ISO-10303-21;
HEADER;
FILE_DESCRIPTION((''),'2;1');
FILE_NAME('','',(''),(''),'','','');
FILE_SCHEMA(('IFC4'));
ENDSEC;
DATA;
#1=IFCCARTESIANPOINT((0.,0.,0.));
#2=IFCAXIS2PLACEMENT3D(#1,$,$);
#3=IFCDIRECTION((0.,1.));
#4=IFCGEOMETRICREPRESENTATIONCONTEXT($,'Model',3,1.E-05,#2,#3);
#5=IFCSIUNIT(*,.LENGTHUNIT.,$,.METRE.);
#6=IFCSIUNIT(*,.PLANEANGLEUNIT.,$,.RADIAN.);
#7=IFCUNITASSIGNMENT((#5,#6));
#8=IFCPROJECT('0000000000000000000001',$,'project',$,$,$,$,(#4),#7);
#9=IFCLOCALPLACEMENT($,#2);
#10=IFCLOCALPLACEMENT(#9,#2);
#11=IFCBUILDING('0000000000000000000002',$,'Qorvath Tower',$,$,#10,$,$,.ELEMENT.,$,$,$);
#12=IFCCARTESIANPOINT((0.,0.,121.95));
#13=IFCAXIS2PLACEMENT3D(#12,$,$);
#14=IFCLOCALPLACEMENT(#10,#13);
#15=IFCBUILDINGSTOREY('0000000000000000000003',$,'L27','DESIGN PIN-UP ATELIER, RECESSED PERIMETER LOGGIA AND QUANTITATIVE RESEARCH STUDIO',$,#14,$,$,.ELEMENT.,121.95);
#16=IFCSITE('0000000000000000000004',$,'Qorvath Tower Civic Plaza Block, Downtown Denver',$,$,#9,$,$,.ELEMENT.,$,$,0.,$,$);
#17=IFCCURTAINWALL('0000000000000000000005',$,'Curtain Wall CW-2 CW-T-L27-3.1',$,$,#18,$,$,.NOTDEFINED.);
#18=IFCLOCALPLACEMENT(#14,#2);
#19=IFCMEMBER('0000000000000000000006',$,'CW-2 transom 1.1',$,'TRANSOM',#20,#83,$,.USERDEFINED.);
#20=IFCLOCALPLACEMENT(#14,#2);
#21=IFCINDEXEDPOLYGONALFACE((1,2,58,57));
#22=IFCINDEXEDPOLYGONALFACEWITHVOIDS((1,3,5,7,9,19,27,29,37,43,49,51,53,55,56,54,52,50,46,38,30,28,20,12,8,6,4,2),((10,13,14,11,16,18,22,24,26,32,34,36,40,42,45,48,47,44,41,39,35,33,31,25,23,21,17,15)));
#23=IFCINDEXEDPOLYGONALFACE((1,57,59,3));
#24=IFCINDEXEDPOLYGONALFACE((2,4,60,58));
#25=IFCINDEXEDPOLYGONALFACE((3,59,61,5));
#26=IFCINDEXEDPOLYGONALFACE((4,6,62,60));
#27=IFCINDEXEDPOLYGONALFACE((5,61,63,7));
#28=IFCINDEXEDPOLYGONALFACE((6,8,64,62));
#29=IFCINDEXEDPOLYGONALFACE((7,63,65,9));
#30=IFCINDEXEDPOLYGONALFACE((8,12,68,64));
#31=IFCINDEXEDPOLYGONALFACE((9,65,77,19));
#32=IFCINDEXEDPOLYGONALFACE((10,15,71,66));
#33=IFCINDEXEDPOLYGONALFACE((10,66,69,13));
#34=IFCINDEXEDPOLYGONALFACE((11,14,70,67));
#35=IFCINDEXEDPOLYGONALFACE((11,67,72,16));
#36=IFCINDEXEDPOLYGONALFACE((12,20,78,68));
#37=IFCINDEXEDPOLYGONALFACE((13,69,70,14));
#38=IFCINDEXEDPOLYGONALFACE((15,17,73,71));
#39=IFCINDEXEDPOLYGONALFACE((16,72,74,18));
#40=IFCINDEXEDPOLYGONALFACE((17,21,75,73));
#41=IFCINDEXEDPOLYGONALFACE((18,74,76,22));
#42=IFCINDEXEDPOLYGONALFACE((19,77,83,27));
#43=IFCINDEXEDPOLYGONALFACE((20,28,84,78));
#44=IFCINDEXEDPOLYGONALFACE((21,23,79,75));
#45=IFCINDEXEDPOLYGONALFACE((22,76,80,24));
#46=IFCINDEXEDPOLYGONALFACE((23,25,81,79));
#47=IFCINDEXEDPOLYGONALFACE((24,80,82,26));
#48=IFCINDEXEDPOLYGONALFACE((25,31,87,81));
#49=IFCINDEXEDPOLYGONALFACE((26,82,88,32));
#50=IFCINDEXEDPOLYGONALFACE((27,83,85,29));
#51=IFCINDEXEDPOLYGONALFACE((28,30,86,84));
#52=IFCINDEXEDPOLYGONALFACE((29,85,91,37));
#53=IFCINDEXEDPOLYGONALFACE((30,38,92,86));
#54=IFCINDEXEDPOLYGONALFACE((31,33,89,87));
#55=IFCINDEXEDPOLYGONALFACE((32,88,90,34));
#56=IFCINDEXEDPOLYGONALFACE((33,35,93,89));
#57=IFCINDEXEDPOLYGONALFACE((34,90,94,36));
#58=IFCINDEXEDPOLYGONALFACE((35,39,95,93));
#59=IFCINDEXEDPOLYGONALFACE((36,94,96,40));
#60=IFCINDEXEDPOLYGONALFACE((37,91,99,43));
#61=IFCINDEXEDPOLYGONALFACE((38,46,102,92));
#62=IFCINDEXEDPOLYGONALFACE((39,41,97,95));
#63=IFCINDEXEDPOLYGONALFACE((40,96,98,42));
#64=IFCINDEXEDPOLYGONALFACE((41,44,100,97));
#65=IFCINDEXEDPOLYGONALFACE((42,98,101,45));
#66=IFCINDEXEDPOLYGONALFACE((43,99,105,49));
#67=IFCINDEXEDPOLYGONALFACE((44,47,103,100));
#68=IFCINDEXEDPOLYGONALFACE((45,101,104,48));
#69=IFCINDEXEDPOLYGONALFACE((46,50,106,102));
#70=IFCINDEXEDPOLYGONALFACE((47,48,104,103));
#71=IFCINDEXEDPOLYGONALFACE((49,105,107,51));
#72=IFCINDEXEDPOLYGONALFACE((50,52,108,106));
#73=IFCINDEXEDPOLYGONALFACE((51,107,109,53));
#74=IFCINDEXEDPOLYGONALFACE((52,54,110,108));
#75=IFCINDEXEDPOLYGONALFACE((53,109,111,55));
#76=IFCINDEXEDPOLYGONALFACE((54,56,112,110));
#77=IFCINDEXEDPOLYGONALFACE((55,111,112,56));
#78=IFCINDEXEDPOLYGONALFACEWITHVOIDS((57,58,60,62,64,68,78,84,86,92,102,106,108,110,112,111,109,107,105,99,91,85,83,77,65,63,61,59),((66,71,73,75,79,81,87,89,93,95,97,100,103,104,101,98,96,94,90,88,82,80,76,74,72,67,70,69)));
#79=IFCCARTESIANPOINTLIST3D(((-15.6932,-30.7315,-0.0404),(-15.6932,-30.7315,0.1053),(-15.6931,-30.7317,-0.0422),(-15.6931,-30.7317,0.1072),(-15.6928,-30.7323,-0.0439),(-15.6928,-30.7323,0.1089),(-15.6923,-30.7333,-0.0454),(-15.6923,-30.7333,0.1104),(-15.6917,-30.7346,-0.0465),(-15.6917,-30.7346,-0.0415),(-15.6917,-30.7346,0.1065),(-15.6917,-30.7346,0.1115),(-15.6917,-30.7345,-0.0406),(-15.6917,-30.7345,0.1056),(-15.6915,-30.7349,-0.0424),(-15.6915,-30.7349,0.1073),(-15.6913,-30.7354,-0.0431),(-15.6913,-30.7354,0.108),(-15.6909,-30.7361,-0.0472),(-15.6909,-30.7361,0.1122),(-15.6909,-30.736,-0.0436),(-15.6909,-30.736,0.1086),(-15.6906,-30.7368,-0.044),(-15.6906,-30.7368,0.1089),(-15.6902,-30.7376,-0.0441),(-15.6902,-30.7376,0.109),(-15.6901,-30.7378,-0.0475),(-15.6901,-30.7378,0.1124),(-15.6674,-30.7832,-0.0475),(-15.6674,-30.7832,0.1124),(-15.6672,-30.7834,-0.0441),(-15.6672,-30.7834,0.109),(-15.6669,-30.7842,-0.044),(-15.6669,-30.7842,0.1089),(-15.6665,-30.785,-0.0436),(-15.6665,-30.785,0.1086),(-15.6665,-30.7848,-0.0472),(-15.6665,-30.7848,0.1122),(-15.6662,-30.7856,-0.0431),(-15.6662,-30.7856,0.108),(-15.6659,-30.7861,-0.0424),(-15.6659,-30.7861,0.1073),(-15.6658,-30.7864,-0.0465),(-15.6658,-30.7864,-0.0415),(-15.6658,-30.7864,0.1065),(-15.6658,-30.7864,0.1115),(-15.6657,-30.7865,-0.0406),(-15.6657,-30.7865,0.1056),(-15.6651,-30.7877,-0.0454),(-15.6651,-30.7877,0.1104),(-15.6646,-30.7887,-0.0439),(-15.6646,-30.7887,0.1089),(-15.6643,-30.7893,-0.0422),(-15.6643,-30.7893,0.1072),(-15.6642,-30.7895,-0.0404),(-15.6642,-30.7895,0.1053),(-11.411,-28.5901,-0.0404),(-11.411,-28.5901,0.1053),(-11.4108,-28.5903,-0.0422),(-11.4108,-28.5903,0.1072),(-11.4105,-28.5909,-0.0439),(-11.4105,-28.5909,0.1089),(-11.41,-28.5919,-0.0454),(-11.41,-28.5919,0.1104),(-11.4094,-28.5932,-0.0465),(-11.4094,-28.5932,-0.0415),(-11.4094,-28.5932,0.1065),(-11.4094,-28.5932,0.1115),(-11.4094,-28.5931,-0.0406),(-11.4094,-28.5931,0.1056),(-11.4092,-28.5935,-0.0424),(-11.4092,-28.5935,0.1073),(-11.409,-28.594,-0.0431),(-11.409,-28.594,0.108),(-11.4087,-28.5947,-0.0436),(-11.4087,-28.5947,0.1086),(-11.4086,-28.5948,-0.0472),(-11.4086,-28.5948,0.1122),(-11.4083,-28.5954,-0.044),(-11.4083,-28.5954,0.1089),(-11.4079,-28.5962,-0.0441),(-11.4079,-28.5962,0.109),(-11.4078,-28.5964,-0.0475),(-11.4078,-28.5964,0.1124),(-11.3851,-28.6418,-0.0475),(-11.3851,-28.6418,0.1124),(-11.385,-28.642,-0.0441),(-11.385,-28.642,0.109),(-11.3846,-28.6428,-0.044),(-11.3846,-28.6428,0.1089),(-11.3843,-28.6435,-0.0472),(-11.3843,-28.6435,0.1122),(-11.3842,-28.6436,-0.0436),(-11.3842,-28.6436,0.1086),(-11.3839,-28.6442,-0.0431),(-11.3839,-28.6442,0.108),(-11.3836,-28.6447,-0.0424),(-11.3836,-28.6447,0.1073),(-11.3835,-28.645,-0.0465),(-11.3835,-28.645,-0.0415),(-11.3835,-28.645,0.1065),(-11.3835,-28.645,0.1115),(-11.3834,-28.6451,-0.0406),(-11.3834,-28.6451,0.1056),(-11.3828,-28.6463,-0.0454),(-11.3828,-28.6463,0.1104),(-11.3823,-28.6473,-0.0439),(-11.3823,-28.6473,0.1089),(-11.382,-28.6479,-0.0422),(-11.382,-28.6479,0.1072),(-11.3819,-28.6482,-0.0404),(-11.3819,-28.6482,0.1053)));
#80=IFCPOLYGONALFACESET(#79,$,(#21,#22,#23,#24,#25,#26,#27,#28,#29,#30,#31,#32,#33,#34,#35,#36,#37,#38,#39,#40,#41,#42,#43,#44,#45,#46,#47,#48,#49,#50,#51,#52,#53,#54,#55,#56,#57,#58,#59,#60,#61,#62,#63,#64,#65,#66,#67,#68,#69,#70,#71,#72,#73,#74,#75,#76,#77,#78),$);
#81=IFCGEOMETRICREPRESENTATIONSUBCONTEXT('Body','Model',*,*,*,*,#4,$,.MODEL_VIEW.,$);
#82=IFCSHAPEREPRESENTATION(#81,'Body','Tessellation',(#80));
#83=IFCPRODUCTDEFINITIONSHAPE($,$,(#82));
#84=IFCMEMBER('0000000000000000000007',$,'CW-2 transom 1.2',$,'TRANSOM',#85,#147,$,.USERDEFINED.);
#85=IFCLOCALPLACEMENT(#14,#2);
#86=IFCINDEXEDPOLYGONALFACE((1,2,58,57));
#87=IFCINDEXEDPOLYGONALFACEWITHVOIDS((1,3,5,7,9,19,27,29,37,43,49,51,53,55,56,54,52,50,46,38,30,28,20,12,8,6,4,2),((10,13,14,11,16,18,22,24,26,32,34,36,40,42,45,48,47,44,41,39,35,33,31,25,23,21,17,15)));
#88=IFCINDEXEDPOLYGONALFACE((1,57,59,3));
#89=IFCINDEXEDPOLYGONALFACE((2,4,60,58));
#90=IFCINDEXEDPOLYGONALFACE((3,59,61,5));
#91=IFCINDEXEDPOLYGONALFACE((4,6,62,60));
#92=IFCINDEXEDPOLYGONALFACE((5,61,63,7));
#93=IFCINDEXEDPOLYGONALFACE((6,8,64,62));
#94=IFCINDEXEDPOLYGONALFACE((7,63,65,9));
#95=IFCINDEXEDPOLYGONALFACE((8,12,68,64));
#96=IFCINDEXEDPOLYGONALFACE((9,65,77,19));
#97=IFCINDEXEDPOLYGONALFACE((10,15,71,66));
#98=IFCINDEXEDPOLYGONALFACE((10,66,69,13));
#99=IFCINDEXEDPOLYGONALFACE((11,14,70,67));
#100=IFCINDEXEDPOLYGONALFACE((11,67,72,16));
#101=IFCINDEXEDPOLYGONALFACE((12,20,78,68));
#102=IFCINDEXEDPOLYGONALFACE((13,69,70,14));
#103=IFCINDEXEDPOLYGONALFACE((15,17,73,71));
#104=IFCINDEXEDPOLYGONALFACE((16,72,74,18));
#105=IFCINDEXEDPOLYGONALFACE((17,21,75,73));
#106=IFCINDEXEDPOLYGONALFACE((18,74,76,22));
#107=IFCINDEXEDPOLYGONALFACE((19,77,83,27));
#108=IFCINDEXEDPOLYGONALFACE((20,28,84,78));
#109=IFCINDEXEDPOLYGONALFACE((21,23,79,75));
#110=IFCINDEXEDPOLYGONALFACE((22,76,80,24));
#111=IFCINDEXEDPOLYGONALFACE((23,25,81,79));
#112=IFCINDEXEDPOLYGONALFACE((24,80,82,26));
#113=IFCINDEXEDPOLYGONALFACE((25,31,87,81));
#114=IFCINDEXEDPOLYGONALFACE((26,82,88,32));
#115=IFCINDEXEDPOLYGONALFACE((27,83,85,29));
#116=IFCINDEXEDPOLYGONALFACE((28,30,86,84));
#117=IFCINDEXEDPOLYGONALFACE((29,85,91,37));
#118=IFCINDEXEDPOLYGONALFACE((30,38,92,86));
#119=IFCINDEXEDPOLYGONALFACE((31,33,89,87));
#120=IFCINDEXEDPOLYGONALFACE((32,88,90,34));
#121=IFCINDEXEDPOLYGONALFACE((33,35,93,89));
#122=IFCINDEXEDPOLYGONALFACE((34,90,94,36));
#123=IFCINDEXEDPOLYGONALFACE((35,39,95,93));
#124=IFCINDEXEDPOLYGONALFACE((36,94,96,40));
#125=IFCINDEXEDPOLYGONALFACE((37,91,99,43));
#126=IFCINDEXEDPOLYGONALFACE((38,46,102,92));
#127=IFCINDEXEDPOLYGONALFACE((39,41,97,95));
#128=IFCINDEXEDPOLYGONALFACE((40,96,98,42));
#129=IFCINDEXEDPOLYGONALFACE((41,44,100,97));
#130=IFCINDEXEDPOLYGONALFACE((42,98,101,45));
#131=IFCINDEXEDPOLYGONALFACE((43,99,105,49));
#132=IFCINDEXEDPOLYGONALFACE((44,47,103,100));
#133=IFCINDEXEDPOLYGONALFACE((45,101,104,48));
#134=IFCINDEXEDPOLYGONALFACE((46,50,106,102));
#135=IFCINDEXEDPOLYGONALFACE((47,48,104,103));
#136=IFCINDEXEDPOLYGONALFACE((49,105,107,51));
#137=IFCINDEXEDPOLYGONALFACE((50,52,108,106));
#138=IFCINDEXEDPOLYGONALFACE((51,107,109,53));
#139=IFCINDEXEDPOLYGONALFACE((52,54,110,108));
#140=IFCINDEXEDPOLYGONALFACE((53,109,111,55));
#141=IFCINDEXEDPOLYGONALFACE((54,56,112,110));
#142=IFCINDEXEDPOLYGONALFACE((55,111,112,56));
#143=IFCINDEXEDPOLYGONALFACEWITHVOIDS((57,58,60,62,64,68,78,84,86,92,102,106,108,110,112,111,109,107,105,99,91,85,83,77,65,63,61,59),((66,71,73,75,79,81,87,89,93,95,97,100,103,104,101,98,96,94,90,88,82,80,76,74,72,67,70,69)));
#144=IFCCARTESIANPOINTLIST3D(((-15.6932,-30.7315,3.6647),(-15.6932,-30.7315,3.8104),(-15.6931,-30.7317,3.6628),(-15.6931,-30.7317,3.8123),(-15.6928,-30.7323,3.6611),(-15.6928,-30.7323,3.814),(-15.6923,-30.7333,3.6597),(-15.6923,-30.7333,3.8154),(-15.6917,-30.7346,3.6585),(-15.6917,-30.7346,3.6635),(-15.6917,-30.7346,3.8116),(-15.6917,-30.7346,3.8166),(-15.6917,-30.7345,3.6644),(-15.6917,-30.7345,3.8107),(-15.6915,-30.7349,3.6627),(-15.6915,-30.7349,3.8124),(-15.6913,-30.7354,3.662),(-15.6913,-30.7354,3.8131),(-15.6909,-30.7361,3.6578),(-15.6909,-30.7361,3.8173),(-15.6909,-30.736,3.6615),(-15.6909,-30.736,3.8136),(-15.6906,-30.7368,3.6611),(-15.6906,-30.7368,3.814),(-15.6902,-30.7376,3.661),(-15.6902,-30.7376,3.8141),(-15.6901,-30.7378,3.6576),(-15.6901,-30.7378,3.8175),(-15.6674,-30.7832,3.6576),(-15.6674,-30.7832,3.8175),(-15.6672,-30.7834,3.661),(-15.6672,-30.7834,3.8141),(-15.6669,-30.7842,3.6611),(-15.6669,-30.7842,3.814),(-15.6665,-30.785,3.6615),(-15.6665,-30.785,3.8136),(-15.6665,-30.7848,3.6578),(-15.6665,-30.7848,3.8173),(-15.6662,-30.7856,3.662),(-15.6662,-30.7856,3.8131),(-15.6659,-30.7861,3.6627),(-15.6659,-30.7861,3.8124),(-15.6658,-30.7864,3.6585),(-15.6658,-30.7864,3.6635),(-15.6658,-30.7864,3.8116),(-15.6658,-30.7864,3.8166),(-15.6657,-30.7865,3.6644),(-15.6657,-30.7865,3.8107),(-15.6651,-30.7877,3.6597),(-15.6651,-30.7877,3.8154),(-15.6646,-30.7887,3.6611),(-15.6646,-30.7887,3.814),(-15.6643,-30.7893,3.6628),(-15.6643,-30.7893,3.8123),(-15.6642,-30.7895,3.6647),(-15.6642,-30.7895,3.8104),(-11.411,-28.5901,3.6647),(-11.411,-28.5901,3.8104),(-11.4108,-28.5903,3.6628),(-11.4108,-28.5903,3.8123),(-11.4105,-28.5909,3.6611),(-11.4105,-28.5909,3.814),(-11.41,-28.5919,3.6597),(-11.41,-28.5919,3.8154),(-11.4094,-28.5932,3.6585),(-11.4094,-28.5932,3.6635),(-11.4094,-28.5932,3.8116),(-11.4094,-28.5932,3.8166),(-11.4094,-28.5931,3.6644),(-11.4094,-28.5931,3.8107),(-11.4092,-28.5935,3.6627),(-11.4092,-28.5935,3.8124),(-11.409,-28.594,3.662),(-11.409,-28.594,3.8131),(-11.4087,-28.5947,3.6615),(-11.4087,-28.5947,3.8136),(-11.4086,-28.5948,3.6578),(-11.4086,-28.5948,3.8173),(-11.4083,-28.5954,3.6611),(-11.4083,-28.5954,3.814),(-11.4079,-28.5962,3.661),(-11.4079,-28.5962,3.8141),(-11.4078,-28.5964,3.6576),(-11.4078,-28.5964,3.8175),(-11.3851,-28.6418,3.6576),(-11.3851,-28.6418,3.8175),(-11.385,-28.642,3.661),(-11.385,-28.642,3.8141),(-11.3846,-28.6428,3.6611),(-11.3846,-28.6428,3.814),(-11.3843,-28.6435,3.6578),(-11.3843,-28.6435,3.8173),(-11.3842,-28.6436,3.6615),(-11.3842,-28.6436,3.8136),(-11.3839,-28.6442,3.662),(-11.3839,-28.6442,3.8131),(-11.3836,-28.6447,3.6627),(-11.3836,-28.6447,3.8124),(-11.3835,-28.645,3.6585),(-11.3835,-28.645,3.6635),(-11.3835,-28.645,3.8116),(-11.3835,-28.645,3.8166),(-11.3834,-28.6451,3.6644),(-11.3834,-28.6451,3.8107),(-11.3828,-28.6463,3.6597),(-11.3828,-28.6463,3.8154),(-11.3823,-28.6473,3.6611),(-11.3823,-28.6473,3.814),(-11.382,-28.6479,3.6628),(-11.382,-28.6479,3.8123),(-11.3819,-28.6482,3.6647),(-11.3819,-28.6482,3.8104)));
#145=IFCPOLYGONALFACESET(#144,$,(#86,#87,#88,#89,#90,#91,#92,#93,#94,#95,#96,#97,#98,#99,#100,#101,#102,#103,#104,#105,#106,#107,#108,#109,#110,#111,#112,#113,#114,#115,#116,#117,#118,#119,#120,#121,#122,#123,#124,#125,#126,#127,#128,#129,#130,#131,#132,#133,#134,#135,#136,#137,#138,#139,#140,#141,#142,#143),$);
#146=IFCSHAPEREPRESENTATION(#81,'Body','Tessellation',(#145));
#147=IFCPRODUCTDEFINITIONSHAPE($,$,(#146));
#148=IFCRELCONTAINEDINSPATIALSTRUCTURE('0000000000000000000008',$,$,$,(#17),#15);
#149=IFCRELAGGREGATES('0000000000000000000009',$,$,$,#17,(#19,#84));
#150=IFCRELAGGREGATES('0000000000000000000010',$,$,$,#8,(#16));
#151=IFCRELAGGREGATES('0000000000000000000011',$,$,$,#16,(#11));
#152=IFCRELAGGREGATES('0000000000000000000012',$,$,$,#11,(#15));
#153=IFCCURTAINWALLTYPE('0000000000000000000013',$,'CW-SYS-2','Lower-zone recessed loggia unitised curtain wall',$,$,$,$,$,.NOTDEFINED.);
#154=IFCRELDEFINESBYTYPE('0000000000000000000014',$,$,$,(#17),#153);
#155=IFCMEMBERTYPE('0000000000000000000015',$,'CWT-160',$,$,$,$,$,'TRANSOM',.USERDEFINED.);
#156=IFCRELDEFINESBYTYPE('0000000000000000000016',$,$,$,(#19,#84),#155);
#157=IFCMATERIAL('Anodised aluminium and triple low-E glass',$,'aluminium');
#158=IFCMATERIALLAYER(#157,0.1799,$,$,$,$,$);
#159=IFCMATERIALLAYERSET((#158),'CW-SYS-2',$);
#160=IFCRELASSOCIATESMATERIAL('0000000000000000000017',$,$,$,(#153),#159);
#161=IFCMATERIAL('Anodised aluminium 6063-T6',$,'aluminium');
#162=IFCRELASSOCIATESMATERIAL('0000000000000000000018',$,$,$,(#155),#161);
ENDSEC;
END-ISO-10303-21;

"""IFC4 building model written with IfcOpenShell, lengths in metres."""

from ifc_helpers import new_model, si_unit, direction, frame, origin, origin_2d, place, context, subcontext, project, spatial, hollow_rectangle, extrude, material, layer, layer_set, material_profile, profile_set, type_object, element, aggregate, save


model = new_model("IFC4")

# Units and contexts
model_context = context("Model", 3, precision=1e-05, world=origin(), true_north=direction((0.0, 1.0)))
body_context = subcontext(model_context, "Body", "Model", "MODEL_VIEW")
ifc_project = project(units=[si_unit("LENGTHUNIT", "METRE"), si_unit("PLANEANGLEUNIT", "RADIAN")], contexts=[model_context])

# Site, building, storey
site_placement = place(None, origin())
site = spatial("IfcSite", under=ifc_project, at=site_placement, Name="Qorvath Tower Civic Plaza Block, Downtown Denver", CompositionType="ELEMENT", RefElevation=0.0)
building_placement = place(site_placement, origin())
building = spatial("IfcBuilding", under=site, at=building_placement, Name="Qorvath Tower", CompositionType="ELEMENT")
storey_placement = place(building_placement, frame((0.0, 0.0, 121.95)))
storey = spatial("IfcBuildingStorey", under=building, at=storey_placement, Name="L27", Description="DESIGN PIN-UP ATELIER, RECESSED PERIMETER LOGGIA AND QUANTITATIVE RESEARCH STUDIO", CompositionType="ELEMENT", Elevation=121.95)

# Shared definitions
ifc_material_1 = material(Name="Anodised aluminium and triple low-E glass", Category="aluminium")
ifc_layer_1 = layer(ifc_material_1, 0.1799)
ifc_layer_set_1 = layer_set([ifc_layer_1], Name="CW-SYS-2")
curtain_wall_type = type_object("IfcCurtainWallType", Name="CW-SYS-2", Description="Lower-zone recessed loggia unitised curtain wall", PredefinedType="NOTDEFINED", material=ifc_layer_set_1)

# Curtain wall
curtain_wall_1_placement = place(storey_placement, origin())
curtain_wall_1 = element("IfcCurtainWall", 1, at=curtain_wall_1_placement, inside=storey, type_object=curtain_wall_type, Name="Curtain Wall CW-2 CW-T-L27-3.1", PredefinedType="NOTDEFINED")

# Members
ifc_material_2 = material(Name="Anodised aluminium 6063-T6", Category="aluminium")
ifc_material_profile_1 = material_profile(ifc_material_2, hollow_rectangle(XDim=0.0649, YDim=0.1599, WallThickness=0.0034, InnerFilletRadius=0.0034, OuterFilletRadius=0.0071, at=origin_2d()), Name="CWT 160x65")
ifc_profile_set_1 = profile_set([ifc_material_profile_1], Name="Anodised aluminium 6063-T6")
member_type_1 = type_object("IfcMemberType", Name="CWT-160", ElementType="TRANSOM", PredefinedType="USERDEFINED", material=ifc_profile_set_1)
member_1_placement = place(storey_placement, frame((-15.6787, -30.7605, 0.0325), z_axis=(0.894407, 0.447254, 0.0), x_axis=(-0.447254, 0.894407, 0.0)))
member_1 = element("IfcMember", 2, at=member_1_placement, type_object=member_type_1, Name="CW-2 transom 1.1", ObjectType="TRANSOM", PredefinedType="USERDEFINED", context=body_context, shape_type="SweptSolid", body=[
    extrude(hollow_rectangle(XDim=0.0649, YDim=0.1599, WallThickness=0.0034, InnerFilletRadius=0.0034, OuterFilletRadius=0.0071, at=origin_2d()), origin(), (0.0, 0.0, 1.0), 4.7878),
])
member_2_placement = place(storey_placement, frame((-15.6787, -30.7605, 3.7375), z_axis=(0.894407, 0.447254, 0.0), x_axis=(-0.447254, 0.894407, 0.0)))
member_2 = element("IfcMember", 3, at=member_2_placement, type_object=member_type_1, Name="CW-2 transom 1.2", ObjectType="TRANSOM", PredefinedType="USERDEFINED", context=body_context, shape_type="SweptSolid", body=[
    extrude(hollow_rectangle(XDim=0.0649, YDim=0.1599, WallThickness=0.0034, InnerFilletRadius=0.0034, OuterFilletRadius=0.0071, at=origin_2d()), origin(), (0.0, 0.0, 1.0), 4.7878),
])

aggregate(curtain_wall_1, [member_1, member_2])

save(model, "model.ifc")
